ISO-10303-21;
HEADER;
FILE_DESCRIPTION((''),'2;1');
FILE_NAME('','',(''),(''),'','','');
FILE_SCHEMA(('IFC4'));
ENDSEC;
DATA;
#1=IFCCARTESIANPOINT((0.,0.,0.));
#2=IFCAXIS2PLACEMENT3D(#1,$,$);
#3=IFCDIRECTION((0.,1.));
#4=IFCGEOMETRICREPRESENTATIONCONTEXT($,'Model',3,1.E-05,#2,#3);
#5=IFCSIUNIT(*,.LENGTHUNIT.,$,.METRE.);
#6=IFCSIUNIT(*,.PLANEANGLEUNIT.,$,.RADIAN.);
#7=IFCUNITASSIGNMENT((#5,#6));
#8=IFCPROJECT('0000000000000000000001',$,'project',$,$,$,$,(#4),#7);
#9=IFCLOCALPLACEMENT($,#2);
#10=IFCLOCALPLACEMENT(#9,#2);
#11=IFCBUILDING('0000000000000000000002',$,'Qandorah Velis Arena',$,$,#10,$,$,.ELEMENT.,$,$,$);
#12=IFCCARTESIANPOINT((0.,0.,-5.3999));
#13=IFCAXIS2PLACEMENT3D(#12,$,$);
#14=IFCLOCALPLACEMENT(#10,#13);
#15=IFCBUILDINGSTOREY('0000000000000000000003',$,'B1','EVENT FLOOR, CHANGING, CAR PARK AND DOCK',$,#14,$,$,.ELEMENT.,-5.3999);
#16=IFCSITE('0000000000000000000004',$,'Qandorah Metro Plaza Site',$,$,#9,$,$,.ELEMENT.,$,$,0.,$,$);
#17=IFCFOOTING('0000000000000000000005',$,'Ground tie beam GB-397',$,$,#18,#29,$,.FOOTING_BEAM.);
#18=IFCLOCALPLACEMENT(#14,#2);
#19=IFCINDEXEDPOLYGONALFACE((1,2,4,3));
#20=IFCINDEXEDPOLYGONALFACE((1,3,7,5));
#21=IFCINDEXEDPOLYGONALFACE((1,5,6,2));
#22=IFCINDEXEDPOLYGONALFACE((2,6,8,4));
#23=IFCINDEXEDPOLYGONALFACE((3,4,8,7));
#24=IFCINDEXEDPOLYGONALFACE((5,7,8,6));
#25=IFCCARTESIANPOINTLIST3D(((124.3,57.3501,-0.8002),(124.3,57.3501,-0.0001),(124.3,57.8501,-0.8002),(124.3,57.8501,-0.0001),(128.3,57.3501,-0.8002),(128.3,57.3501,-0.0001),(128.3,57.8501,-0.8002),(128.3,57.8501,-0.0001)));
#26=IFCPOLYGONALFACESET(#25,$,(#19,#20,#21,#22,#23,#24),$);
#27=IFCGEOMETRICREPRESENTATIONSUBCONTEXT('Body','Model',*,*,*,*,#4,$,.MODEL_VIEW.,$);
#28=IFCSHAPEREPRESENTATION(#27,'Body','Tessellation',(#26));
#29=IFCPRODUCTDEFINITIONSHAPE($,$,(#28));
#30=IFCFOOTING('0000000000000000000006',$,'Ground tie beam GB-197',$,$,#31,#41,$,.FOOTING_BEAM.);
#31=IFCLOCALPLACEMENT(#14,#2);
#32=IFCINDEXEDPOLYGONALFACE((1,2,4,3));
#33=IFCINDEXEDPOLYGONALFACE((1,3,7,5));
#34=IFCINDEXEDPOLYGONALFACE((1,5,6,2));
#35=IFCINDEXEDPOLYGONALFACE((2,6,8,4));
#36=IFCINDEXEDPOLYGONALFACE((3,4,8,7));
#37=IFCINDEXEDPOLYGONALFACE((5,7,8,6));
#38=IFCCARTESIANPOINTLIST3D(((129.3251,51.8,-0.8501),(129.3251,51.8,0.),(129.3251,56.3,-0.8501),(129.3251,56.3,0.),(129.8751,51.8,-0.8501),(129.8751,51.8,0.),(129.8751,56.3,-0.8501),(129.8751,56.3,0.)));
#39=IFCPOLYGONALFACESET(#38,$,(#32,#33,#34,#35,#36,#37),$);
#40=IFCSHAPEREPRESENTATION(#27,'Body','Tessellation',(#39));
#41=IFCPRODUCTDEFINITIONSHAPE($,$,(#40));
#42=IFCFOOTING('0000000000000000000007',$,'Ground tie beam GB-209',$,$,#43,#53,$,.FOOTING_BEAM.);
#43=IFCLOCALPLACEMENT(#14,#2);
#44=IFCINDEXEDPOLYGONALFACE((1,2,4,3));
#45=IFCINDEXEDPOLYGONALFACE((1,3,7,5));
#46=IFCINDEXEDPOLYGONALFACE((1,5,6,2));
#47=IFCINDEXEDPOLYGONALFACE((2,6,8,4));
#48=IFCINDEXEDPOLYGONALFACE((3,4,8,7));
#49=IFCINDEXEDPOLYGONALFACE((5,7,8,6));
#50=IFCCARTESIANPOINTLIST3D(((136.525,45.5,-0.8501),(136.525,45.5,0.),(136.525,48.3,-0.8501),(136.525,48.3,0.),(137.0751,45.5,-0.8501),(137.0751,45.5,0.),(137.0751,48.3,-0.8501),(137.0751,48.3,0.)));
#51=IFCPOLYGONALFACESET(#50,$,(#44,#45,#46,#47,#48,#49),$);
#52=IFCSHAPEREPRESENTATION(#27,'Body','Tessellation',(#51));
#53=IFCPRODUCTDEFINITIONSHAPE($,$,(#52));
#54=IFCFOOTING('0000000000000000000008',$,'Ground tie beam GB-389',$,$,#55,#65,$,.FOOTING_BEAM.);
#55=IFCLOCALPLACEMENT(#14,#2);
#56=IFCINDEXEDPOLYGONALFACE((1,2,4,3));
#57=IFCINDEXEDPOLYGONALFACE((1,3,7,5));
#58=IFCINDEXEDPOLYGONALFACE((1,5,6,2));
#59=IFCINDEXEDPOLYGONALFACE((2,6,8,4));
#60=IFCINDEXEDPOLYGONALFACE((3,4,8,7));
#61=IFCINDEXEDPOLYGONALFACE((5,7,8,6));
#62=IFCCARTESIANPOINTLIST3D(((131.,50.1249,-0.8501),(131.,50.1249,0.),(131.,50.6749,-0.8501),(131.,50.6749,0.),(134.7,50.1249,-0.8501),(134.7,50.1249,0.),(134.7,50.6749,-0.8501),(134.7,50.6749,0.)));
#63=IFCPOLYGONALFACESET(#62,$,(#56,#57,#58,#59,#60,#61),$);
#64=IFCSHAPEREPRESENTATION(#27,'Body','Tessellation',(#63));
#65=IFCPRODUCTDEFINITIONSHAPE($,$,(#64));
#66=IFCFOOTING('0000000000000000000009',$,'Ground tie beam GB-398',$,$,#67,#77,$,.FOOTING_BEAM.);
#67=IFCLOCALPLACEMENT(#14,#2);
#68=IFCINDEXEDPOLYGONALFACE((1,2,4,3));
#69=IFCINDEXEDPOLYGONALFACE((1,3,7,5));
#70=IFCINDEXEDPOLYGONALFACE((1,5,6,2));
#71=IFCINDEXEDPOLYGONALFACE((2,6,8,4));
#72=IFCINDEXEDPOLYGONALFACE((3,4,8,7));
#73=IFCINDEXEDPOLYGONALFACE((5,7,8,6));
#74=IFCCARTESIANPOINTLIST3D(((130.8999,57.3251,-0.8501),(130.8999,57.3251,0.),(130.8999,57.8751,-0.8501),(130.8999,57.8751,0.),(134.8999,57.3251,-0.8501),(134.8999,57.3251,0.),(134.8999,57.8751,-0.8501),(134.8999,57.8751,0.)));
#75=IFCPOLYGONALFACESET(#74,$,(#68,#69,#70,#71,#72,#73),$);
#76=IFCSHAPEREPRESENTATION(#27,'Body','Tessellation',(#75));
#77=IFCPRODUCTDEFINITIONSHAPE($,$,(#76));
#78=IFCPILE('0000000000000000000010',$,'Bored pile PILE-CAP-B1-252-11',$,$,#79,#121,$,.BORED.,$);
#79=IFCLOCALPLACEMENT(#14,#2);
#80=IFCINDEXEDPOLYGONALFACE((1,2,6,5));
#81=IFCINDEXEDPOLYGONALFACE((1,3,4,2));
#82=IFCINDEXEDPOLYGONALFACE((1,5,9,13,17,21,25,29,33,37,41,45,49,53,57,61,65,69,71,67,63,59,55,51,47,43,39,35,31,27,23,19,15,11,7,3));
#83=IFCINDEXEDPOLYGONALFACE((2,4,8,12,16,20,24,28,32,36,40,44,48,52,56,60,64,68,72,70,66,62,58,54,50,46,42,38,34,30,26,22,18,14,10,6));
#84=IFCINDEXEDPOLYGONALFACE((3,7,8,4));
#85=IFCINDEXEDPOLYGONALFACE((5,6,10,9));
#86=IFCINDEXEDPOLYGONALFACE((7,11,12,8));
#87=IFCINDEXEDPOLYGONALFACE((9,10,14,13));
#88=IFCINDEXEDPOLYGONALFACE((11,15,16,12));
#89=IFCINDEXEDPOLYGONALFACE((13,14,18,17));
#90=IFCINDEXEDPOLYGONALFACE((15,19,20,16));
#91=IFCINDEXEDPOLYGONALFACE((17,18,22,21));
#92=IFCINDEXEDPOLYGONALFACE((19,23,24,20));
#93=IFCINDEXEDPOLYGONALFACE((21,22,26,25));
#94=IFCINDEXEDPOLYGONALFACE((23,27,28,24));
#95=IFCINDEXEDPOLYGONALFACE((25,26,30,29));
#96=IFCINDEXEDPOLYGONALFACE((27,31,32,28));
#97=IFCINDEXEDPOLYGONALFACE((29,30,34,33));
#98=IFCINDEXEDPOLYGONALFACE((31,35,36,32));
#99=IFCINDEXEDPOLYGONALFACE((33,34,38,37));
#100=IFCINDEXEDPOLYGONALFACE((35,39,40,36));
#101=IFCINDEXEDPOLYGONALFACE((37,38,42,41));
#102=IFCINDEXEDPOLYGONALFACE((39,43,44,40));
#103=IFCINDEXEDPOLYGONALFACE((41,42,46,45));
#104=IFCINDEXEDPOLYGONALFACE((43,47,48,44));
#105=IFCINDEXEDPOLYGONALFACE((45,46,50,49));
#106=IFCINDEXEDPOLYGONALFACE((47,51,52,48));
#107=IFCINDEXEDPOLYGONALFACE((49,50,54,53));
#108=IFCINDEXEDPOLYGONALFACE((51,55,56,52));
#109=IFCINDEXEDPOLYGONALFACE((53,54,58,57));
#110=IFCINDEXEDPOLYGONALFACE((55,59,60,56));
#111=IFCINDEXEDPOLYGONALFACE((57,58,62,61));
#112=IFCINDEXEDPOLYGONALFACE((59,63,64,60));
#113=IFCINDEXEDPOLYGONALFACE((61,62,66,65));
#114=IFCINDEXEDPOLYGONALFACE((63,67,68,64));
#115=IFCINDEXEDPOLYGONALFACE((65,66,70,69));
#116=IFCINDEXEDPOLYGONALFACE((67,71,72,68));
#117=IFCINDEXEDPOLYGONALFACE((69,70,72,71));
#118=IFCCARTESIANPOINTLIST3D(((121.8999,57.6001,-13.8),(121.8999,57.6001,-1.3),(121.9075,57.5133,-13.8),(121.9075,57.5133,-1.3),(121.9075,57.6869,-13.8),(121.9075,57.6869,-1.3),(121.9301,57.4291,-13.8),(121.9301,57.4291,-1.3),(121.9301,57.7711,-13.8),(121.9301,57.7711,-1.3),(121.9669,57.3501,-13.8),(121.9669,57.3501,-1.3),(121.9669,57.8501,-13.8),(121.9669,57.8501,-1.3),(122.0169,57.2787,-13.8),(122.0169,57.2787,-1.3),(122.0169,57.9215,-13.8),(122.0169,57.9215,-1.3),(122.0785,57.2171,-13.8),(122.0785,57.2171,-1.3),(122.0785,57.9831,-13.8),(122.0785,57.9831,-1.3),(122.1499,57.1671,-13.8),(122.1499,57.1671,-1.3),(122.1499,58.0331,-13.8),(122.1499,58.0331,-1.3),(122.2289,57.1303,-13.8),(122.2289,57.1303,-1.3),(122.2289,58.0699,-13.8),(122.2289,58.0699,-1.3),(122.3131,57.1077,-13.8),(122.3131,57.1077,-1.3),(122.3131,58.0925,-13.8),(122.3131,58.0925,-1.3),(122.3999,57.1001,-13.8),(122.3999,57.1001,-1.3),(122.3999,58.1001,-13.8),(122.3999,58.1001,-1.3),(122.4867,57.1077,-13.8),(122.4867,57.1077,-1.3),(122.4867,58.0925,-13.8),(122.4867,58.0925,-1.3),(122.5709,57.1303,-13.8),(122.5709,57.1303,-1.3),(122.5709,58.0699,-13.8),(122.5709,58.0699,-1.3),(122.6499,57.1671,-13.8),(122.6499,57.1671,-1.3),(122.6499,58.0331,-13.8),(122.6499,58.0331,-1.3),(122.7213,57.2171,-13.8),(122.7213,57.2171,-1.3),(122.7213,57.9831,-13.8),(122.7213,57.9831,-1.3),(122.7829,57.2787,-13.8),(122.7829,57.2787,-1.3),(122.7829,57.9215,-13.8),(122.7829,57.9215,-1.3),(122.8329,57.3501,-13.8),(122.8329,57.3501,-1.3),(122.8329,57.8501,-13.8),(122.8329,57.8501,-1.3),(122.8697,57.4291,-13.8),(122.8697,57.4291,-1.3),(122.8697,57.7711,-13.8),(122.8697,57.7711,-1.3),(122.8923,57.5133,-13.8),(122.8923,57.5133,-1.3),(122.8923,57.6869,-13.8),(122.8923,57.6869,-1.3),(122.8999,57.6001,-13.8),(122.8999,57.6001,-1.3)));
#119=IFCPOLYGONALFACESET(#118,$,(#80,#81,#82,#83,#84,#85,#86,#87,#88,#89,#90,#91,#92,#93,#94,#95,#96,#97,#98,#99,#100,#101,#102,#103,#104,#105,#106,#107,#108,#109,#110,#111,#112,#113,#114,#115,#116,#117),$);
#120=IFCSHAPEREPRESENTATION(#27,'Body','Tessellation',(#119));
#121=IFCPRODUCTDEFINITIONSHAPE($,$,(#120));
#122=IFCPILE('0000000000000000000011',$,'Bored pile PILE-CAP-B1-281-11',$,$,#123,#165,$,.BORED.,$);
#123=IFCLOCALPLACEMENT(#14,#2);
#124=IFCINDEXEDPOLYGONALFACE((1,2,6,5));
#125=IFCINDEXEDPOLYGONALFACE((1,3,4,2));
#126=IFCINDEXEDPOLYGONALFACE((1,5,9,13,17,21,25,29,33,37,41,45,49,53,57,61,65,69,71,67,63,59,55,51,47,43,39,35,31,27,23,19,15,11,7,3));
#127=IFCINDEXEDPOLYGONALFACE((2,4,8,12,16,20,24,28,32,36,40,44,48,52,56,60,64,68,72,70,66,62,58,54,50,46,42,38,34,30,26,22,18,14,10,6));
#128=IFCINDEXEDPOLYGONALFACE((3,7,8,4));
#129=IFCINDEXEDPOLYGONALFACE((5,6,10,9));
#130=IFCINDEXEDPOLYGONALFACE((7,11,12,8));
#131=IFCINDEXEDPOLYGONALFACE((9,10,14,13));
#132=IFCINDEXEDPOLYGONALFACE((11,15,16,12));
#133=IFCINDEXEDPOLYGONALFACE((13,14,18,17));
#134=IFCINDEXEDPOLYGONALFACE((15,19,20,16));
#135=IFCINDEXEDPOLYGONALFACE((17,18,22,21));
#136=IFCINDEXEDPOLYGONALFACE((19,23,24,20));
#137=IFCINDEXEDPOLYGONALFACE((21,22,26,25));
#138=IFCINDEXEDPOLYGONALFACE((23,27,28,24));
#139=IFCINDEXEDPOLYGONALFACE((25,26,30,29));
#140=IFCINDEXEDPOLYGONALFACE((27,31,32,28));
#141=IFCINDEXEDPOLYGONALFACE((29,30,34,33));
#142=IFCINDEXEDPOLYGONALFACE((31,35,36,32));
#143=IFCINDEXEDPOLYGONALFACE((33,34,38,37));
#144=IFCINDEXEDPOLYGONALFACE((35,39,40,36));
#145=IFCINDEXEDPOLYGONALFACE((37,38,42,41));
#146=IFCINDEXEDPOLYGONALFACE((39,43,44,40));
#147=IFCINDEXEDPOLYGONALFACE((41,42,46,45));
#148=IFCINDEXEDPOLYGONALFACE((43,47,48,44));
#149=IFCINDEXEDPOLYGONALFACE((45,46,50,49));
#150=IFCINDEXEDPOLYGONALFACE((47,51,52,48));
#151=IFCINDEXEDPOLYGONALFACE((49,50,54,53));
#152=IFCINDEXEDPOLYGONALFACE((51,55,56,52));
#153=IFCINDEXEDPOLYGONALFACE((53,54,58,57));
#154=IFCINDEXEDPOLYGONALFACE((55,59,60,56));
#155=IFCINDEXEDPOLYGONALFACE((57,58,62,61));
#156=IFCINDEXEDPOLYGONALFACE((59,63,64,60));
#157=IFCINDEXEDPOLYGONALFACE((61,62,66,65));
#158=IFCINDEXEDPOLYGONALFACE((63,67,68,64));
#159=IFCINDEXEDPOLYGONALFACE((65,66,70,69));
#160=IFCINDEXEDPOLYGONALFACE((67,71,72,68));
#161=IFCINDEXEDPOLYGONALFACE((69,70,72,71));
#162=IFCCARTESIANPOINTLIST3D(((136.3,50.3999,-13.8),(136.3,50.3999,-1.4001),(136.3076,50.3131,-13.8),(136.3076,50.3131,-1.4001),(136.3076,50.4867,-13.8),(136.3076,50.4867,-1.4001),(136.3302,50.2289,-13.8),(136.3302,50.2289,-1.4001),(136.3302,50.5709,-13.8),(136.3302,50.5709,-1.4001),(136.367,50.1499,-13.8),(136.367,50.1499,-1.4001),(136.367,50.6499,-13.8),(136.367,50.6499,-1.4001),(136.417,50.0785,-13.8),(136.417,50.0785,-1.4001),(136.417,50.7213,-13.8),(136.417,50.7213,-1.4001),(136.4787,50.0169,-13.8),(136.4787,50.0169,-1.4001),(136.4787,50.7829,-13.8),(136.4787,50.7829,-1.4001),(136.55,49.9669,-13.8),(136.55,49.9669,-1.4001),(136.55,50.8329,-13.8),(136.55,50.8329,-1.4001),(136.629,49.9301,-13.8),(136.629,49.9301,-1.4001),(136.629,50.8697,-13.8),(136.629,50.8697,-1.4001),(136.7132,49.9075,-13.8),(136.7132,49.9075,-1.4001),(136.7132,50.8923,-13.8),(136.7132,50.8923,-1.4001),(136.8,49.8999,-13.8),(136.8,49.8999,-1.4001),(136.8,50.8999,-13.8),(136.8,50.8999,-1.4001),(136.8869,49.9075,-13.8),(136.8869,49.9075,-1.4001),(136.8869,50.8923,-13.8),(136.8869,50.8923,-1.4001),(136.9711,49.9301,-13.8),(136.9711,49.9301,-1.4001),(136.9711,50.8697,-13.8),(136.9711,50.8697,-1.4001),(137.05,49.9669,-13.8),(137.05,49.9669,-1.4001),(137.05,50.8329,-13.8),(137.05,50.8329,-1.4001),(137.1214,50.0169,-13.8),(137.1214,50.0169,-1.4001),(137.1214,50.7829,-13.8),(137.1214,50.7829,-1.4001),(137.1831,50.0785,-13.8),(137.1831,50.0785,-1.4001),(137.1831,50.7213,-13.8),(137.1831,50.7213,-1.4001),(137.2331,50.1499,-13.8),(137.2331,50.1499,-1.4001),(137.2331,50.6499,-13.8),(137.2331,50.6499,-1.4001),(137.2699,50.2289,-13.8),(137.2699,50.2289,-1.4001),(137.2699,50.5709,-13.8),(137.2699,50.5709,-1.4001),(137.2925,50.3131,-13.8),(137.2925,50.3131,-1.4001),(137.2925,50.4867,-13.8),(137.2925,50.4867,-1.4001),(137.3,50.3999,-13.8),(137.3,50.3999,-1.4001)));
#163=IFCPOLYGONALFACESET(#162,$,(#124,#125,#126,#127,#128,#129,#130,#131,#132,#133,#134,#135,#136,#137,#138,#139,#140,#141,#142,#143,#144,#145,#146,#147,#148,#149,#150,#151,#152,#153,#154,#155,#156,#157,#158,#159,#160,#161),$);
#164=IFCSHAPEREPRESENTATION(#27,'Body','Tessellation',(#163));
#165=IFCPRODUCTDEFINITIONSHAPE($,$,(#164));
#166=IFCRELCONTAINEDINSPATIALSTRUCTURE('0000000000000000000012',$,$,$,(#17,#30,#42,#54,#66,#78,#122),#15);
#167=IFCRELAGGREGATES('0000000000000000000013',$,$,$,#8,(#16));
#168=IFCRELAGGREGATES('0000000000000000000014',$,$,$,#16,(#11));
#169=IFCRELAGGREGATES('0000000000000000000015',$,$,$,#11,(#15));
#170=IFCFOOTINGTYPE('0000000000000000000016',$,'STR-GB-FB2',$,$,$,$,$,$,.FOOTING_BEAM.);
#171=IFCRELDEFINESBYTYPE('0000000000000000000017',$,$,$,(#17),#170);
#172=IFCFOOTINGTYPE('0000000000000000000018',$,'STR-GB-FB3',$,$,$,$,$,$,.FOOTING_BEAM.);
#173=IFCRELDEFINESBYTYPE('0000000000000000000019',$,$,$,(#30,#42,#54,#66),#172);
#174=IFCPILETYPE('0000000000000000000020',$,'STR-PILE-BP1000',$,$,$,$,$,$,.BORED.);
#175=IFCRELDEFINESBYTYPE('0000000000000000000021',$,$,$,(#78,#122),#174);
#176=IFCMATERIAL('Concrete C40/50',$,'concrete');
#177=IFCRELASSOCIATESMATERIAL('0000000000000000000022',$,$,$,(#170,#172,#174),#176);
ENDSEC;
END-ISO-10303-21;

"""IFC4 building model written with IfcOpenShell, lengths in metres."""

from ifc_helpers import new_model, si_unit, direction, frame, origin, origin_2d, place, context, subcontext, project, spatial, rectangle, circle, extrude, material, material_profile, profile_set, type_object, element, save


model = new_model("IFC4")

# Units and contexts
model_context = context("Model", 3, precision=1e-05, world=origin(), true_north=direction((0.0, 1.0)))
body_context = subcontext(model_context, "Body", "Model", "MODEL_VIEW")
ifc_project = project(units=[si_unit("LENGTHUNIT", "METRE"), si_unit("PLANEANGLEUNIT", "RADIAN")], contexts=[model_context])

# Site, building, storey
site_placement = place(None, origin())
site = spatial("IfcSite", under=ifc_project, at=site_placement, Name="Qandorah Metro Plaza Site", CompositionType="ELEMENT", RefElevation=0.0)
building_placement = place(site_placement, origin())
building = spatial("IfcBuilding", under=site, at=building_placement, Name="Qandorah Velis Arena", CompositionType="ELEMENT")
storey_placement = place(building_placement, frame((0.0, 0.0, -5.3999)))
storey = spatial("IfcBuildingStorey", under=building, at=storey_placement, Name="B1", Description="EVENT FLOOR, CHANGING, CAR PARK AND DOCK", CompositionType="ELEMENT", Elevation=-5.3999)

# Footings
ifc_material = material(Name="Concrete C40/50", Category="concrete")
ifc_material_profile_1 = material_profile(ifc_material, rectangle(XDim=0.5, YDim=0.8, at=origin_2d()), Name="GB2 500x800")
ifc_profile_set_1 = profile_set([ifc_material_profile_1], Name="Concrete C40/50")
footing_type_1 = type_object("IfcFootingType", Name="STR-GB-FB2", PredefinedType="FOOTING_BEAM", material=ifc_profile_set_1)
footing_1_placement = place(storey_placement, frame((124.3, 57.6001, -0.4001), z_axis=(1.0, 0.0, 0.0), x_axis=(0.0, 1.0, 0.0)))
element("IfcFooting", 1, at=footing_1_placement, inside=storey, type_object=footing_type_1, Name="Ground tie beam GB-397", PredefinedType="FOOTING_BEAM", context=body_context, shape_type="SweptSolid", body=[
    extrude(rectangle(XDim=0.5, YDim=0.8, at=origin_2d()), origin(), (0.0, 0.0, 1.0), 4.0),
])
ifc_material_profile_2 = material_profile(ifc_material, rectangle(XDim=0.55, YDim=0.8501, at=origin_2d()), Name="GB3 550x850")
ifc_profile_set_2 = profile_set([ifc_material_profile_2], Name="Concrete C40/50")
footing_type_2 = type_object("IfcFootingType", Name="STR-GB-FB3", PredefinedType="FOOTING_BEAM", material=ifc_profile_set_2)
footing_2_placement = place(storey_placement, frame((129.6001, 51.8, -0.425), z_axis=(0.0, 1.0, 0.0), x_axis=(-1.0, 0.0, 0.0)))
element("IfcFooting", 2, at=footing_2_placement, inside=storey, type_object=footing_type_2, Name="Ground tie beam GB-197", PredefinedType="FOOTING_BEAM", context=body_context, shape_type="SweptSolid", body=[
    extrude(rectangle(XDim=0.55, YDim=0.8501, at=origin_2d()), origin(), (0.0, 0.0, 1.0), 4.5),
])
footing_3_placement = place(storey_placement, frame((136.8, 45.5, -0.425), z_axis=(0.0, 1.0, 0.0), x_axis=(-1.0, 0.0, 0.0)))
element("IfcFooting", 3, at=footing_3_placement, inside=storey, type_object=footing_type_2, Name="Ground tie beam GB-209", PredefinedType="FOOTING_BEAM", context=body_context, shape_type="SweptSolid", body=[
    extrude(rectangle(XDim=0.55, YDim=0.8501, at=origin_2d()), origin(), (0.0, 0.0, 1.0), 2.8),
])
footing_4_placement = place(storey_placement, frame((131.0, 50.3999, -0.425), z_axis=(1.0, 0.0, 0.0), x_axis=(0.0, 1.0, 0.0)))
element("IfcFooting", 4, at=footing_4_placement, inside=storey, type_object=footing_type_2, Name="Ground tie beam GB-389", PredefinedType="FOOTING_BEAM", context=body_context, shape_type="SweptSolid", body=[
    extrude(rectangle(XDim=0.55, YDim=0.8501, at=origin_2d()), origin(), (0.0, 0.0, 1.0), 3.7),
])
footing_5_placement = place(storey_placement, frame((130.8999, 57.6001, -0.425), z_axis=(1.0, 0.0, 0.0), x_axis=(0.0, 1.0, 0.0)))
element("IfcFooting", 5, at=footing_5_placement, inside=storey, type_object=footing_type_2, Name="Ground tie beam GB-398", PredefinedType="FOOTING_BEAM", context=body_context, shape_type="SweptSolid", body=[
    extrude(rectangle(XDim=0.55, YDim=0.8501, at=origin_2d()), origin(), (0.0, 0.0, 1.0), 4.0),
])

# Piles
ifc_material_profile_3 = material_profile(ifc_material, circle(Radius=0.5, at=origin_2d()), Name="BORED PILE D1000")
ifc_profile_set_3 = profile_set([ifc_material_profile_3], Name="Concrete C40/50")
pile_type_1 = type_object("IfcPileType", Name="STR-PILE-BP1000", PredefinedType="BORED", material=ifc_profile_set_3)
pile_1_placement = place(storey_placement, frame((122.3999, 57.6001, -1.3), z_axis=(0.0, 0.0, -1.0), x_axis=(1.0, 0.0, 0.0)))
element("IfcPile", 6, at=pile_1_placement, inside=storey, type_object=pile_type_1, Name="Bored pile PILE-CAP-B1-252-11", PredefinedType="BORED", context=body_context, shape_type="SweptSolid", body=[
    extrude(circle(Radius=0.5, at=origin_2d()), origin(), (0.0, 0.0, 1.0), 12.5),
])
pile_2_placement = place(storey_placement, frame((136.8, 50.3999, -1.4001), z_axis=(0.0, 0.0, -1.0), x_axis=(1.0, 0.0, 0.0)))
element("IfcPile", 7, at=pile_2_placement, inside=storey, type_object=pile_type_1, Name="Bored pile PILE-CAP-B1-281-11", PredefinedType="BORED", context=body_context, shape_type="SweptSolid", body=[
    extrude(circle(Radius=0.5, at=origin_2d()), origin(), (0.0, 0.0, 1.0), 12.3999),
])

save(model, "model.ifc")
